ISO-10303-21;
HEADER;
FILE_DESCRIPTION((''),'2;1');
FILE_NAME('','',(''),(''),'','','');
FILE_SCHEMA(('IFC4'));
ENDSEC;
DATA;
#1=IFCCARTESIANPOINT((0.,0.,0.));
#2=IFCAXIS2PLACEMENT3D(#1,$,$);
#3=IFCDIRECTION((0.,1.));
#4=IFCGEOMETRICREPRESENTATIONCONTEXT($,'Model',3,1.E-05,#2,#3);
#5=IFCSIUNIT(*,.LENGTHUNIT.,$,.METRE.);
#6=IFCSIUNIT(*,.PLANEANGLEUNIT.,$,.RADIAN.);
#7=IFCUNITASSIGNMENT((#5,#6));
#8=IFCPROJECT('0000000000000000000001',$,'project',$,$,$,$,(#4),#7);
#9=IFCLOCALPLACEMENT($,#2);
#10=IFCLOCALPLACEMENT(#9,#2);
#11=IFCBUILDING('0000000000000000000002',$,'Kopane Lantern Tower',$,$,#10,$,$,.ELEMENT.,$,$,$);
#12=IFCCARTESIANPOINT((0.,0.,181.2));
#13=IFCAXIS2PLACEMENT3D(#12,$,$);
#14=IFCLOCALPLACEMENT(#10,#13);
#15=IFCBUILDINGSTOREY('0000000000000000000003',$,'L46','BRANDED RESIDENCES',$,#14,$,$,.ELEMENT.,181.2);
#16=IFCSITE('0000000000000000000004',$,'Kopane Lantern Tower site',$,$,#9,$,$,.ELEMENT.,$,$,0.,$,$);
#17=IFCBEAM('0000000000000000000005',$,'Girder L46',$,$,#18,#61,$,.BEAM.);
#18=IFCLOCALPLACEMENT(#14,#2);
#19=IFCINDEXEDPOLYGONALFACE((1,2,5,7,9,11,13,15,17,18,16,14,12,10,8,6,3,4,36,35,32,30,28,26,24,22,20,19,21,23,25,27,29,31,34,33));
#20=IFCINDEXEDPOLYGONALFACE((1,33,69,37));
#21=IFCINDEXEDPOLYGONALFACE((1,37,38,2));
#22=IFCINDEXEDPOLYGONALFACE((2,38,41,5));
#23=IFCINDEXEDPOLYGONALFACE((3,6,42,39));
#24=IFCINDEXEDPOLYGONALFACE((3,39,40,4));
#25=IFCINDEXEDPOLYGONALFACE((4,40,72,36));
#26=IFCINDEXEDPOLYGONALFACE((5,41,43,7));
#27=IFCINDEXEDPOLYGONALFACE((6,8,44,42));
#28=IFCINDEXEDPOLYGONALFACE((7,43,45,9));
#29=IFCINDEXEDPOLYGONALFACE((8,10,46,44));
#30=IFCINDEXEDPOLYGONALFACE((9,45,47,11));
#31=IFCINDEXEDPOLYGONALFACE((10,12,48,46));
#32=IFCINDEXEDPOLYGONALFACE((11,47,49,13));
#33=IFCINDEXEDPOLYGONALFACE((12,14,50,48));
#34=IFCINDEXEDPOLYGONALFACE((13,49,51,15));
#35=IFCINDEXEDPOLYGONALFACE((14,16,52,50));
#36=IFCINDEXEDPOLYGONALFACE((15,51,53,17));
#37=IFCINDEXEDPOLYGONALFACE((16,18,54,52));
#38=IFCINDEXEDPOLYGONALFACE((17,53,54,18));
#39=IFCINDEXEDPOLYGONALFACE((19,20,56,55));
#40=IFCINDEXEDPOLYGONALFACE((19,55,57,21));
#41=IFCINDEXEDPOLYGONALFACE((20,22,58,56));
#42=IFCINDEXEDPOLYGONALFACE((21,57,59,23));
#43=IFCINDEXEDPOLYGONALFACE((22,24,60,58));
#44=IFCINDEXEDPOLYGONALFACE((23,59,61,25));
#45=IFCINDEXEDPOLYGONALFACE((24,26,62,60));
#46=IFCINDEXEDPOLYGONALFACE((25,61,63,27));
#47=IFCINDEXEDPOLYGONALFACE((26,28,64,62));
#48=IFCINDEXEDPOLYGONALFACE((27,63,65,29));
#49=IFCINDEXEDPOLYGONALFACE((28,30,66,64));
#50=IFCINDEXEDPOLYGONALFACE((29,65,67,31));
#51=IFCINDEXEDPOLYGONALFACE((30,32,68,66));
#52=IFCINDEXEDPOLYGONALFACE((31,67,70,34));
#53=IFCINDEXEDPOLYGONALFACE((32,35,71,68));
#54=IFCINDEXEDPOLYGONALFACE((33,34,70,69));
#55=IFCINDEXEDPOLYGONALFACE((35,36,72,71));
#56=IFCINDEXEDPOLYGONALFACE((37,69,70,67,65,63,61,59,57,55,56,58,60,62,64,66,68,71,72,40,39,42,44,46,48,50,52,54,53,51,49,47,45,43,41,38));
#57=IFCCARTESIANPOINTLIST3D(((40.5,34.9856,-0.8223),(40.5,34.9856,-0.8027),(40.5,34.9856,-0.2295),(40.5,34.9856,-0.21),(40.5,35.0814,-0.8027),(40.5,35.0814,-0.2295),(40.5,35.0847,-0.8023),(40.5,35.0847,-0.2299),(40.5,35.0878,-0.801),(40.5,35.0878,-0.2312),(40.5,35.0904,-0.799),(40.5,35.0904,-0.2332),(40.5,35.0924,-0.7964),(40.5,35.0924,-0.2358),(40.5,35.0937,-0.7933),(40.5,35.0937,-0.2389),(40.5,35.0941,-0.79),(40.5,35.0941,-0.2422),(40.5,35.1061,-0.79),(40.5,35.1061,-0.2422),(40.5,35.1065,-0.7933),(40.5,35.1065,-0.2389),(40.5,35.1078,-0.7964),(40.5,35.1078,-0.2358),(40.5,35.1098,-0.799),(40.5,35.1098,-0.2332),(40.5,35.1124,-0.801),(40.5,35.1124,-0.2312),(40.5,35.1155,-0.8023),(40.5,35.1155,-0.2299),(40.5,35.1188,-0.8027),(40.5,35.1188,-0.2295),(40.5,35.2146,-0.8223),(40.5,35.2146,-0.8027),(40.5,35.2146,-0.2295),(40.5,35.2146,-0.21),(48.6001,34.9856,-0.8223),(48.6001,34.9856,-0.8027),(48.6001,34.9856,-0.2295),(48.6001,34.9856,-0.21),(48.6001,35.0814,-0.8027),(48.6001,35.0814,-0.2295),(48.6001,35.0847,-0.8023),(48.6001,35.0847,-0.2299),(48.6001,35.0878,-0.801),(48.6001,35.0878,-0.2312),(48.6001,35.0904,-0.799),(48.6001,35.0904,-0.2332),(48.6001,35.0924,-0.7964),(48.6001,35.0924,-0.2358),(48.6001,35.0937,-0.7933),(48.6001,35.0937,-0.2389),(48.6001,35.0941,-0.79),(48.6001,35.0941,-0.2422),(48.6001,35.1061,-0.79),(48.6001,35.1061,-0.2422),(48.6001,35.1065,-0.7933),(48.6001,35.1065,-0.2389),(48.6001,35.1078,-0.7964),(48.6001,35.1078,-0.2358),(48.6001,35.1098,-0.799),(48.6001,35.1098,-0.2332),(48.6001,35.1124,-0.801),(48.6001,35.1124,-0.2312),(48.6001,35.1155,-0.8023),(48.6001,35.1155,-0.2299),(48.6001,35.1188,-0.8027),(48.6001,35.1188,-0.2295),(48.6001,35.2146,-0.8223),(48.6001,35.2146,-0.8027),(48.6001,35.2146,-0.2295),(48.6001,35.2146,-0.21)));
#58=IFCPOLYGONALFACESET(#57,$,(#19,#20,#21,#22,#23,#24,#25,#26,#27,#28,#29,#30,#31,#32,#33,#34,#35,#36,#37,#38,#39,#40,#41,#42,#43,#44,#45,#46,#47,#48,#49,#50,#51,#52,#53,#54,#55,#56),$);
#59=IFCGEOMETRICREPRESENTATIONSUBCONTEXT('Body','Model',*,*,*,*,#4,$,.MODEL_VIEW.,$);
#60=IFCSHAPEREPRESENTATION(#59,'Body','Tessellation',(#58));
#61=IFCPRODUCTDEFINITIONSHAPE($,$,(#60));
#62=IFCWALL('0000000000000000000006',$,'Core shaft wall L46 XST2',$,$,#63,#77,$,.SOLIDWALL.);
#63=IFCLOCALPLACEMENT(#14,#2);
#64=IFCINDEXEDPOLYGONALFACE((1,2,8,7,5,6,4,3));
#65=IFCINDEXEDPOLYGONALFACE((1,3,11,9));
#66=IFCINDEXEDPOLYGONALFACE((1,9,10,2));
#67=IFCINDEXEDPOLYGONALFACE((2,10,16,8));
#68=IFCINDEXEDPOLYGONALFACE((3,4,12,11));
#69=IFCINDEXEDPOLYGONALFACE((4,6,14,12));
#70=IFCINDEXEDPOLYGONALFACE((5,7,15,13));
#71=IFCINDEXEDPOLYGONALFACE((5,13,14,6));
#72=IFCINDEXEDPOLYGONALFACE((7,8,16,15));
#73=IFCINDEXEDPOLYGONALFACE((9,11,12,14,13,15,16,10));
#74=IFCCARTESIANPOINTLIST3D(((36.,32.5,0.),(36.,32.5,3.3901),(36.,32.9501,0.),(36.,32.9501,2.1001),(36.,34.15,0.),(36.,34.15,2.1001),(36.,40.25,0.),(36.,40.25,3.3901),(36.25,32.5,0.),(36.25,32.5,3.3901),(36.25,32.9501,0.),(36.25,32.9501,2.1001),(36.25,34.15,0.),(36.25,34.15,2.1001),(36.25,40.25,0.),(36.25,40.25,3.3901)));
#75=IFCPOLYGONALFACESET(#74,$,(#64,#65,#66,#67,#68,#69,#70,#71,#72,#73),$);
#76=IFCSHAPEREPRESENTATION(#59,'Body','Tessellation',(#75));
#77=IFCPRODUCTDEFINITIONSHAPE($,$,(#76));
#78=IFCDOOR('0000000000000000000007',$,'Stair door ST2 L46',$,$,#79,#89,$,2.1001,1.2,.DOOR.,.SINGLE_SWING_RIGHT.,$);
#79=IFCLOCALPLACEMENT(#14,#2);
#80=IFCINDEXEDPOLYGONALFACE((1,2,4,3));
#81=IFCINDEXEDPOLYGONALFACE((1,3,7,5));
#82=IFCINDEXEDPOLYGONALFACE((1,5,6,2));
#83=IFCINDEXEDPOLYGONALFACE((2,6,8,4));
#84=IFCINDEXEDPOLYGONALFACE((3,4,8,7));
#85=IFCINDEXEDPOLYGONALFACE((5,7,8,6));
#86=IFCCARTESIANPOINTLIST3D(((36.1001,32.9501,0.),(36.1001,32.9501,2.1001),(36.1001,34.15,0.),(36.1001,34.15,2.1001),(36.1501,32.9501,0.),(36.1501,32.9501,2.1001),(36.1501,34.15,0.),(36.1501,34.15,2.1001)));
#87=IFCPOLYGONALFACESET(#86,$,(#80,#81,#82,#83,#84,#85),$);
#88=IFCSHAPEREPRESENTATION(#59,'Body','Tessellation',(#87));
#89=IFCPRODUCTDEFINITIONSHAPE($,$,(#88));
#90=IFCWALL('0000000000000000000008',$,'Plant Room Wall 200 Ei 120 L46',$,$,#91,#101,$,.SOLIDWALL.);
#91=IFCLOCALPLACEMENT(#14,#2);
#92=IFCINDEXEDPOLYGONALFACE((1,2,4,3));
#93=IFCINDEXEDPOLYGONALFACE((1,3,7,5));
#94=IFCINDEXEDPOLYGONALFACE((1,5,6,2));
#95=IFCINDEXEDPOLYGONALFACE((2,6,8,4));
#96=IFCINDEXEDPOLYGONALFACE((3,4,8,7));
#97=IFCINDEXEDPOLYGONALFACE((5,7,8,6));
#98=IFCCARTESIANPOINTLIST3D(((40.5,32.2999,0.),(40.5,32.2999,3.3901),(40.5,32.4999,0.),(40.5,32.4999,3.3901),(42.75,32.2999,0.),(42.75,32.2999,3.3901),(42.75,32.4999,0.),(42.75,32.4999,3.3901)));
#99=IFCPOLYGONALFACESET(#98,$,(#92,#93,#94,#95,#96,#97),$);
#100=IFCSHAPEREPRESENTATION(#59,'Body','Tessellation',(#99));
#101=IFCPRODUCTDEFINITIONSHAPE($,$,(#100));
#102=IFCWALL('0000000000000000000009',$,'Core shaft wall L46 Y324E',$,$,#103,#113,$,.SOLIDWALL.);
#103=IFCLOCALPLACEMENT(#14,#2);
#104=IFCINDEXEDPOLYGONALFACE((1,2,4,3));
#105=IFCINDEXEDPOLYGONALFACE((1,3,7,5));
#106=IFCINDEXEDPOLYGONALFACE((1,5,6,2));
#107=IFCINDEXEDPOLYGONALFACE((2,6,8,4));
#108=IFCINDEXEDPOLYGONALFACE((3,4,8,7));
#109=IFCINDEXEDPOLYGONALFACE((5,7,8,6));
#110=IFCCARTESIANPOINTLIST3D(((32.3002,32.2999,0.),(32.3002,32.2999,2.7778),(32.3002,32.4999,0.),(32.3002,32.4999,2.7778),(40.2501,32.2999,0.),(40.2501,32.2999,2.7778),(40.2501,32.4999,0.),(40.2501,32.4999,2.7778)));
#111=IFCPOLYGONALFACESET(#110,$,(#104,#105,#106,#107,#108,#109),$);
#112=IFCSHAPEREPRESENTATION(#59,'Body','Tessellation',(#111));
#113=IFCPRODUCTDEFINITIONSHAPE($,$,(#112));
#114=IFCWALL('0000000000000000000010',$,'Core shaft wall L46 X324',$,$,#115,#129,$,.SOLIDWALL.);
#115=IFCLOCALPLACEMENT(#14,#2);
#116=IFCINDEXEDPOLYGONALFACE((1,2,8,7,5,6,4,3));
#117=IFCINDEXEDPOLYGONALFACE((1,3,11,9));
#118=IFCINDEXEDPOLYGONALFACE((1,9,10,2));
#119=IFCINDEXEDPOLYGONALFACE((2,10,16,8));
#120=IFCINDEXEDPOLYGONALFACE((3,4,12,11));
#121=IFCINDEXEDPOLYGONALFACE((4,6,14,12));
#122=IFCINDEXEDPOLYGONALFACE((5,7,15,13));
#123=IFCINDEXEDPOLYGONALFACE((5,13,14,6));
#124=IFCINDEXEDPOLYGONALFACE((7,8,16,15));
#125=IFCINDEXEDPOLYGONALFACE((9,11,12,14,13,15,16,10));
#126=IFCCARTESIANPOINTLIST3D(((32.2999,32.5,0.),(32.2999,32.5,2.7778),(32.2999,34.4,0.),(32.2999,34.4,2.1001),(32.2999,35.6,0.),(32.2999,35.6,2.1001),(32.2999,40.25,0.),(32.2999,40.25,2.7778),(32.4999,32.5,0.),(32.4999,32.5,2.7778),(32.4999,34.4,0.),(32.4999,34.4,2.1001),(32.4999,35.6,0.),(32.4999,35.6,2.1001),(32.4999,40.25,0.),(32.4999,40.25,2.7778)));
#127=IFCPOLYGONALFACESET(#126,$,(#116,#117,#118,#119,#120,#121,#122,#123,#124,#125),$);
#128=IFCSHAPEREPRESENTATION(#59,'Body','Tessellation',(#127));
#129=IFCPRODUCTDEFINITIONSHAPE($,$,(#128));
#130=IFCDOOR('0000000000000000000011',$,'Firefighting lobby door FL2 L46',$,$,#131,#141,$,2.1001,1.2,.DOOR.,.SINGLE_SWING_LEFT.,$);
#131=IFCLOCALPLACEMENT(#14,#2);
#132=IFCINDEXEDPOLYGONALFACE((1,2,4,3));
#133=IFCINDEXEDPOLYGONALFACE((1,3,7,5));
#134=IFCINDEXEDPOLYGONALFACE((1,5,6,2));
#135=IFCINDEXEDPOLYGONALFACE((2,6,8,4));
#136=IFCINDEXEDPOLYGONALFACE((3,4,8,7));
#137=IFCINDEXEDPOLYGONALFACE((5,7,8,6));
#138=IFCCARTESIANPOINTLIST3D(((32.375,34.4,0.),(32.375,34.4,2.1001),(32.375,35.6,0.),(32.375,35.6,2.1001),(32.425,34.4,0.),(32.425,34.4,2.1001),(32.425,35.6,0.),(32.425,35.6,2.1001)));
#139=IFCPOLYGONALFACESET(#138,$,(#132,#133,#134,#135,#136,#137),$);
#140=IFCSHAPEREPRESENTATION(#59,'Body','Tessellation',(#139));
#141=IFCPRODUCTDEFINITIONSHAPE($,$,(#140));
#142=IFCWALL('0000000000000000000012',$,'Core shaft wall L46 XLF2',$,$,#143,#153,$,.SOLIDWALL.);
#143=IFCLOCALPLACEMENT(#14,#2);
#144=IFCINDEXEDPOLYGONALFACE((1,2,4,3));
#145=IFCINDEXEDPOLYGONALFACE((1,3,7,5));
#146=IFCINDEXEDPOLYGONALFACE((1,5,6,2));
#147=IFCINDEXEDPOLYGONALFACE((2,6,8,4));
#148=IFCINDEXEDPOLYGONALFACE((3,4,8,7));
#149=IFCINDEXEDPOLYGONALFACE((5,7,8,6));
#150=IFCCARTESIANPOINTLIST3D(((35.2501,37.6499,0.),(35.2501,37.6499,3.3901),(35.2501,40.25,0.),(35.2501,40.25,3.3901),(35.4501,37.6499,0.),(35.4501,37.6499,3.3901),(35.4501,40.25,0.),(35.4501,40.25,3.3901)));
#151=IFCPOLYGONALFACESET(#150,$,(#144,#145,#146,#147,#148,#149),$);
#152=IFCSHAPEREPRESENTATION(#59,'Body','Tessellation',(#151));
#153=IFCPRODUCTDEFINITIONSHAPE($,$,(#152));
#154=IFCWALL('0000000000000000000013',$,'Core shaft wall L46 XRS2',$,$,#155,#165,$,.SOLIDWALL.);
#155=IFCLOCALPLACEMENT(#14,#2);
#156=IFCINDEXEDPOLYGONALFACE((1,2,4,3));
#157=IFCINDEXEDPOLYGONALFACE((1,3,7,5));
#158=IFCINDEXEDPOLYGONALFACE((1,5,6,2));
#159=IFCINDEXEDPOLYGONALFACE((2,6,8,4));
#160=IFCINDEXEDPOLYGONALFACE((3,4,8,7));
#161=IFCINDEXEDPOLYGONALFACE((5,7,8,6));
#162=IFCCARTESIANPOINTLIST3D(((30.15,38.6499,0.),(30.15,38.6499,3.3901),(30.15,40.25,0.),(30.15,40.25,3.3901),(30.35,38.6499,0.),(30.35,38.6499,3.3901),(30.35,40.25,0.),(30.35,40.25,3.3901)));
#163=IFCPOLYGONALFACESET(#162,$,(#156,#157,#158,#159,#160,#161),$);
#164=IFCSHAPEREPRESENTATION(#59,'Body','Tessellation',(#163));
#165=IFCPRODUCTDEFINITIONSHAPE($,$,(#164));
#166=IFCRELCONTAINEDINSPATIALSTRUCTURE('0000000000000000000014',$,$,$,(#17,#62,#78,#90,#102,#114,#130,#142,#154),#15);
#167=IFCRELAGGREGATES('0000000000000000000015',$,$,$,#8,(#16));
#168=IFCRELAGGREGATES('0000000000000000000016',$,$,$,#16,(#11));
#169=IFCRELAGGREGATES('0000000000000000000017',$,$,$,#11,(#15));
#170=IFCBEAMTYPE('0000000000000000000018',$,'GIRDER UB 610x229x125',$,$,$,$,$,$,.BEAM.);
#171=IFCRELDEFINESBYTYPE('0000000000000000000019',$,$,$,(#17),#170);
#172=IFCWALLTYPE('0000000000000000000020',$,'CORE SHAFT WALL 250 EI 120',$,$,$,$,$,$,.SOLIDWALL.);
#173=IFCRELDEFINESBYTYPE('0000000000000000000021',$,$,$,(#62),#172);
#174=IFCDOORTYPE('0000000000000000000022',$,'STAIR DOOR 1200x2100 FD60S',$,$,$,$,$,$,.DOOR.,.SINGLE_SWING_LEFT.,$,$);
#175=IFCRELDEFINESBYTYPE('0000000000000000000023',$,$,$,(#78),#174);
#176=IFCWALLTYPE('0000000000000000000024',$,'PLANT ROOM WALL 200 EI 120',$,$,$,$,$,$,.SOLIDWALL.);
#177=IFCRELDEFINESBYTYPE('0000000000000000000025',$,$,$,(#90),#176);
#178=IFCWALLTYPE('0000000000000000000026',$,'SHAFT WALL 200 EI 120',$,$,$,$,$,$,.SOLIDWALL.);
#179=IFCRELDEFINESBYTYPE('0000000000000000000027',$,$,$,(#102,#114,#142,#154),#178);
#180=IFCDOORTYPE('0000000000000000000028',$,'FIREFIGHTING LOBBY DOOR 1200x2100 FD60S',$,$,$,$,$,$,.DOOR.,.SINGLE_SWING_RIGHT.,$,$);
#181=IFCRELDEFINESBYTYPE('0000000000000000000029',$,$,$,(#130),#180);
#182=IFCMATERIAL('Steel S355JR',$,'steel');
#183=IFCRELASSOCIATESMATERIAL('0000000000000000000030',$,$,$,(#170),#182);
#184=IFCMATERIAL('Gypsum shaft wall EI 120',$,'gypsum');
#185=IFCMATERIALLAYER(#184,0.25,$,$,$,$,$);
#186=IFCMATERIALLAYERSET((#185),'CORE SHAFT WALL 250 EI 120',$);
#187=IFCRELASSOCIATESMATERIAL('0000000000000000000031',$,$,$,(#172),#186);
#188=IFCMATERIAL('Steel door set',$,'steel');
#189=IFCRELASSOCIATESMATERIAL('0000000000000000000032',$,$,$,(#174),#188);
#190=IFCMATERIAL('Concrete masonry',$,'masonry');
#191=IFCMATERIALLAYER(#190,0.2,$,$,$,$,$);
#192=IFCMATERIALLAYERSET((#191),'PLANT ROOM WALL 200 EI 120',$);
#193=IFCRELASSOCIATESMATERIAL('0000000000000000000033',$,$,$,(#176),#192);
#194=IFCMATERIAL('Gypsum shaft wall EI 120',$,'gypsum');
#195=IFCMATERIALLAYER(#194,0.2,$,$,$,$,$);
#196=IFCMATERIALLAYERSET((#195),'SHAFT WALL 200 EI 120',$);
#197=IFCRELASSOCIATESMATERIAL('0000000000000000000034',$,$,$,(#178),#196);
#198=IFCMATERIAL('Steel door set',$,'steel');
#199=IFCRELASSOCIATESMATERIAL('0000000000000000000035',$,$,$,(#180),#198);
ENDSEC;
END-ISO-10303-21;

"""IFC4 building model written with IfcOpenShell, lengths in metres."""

from ifc_helpers import new_model, si_unit, direction, frame, frame_2d, origin, origin_2d, place, context, subcontext, project, spatial, rectangle, i_section, extrude, material, layer, layer_set, material_profile, profile_set, type_object, element, fill, save


model = new_model("IFC4")

# Units and contexts
model_context = context("Model", 3, precision=1e-05, world=origin(), true_north=direction((0.0, 1.0)))
body_context = subcontext(model_context, "Body", "Model", "MODEL_VIEW")
ifc_project = project(units=[si_unit("LENGTHUNIT", "METRE"), si_unit("PLANEANGLEUNIT", "RADIAN")], contexts=[model_context])

# Site, building, storey
site_placement = place(None, origin())
site = spatial("IfcSite", under=ifc_project, at=site_placement, Name="Kopane Lantern Tower site", CompositionType="ELEMENT", RefElevation=0.0)
building_placement = place(site_placement, origin())
building = spatial("IfcBuilding", under=site, at=building_placement, Name="Kopane Lantern Tower", CompositionType="ELEMENT")
storey_placement = place(building_placement, frame((0.0, 0.0, 181.2)))
storey = spatial("IfcBuildingStorey", under=building, at=storey_placement, Name="L46", Description="BRANDED RESIDENCES", CompositionType="ELEMENT", Elevation=181.2)

# Beam
ifc_material_1 = material(Name="Steel S355JR", Category="steel")
ifc_material_profile_1 = material_profile(ifc_material_1, i_section(OverallWidth=0.229, OverallDepth=0.6123, WebThickness=0.012, FlangeThickness=0.0195, FilletRadius=0.0127, at=origin_2d()), Name="UB 610x229x125")
ifc_profile_set_1 = profile_set([ifc_material_profile_1], Name="Steel S355JR")
beam_type_1 = type_object("IfcBeamType", Name="GIRDER UB 610x229x125", PredefinedType="BEAM", material=ifc_profile_set_1)
for number, where, z_axis, x_axis, name in (
    (1, (40.5, 35.1001, -0.5161), (1.0, 0.0, 0.0), (0.0, 1.0, 0.0), "Girder L46"),
):
    element("IfcBeam", number, at=place(storey_placement, frame(where, z_axis=z_axis, x_axis=x_axis)), inside=storey, type_object=beam_type_1, Name=name, PredefinedType="BEAM", context=body_context, shape_type="SweptSolid", body=[
        extrude(i_section(OverallWidth=0.229, OverallDepth=0.6123, WebThickness=0.012, FlangeThickness=0.0195, FilletRadius=0.0127, at=origin_2d()), origin(), (0.0, 0.0, 1.0), 8.1001),
    ])

# Wall, opening, door
ifc_material_2 = material(Name="Gypsum shaft wall EI 120", Category="gypsum")
ifc_layer_1 = layer(ifc_material_2, 0.25)
ifc_layer_set_1 = layer_set([ifc_layer_1], Name="CORE SHAFT WALL 250 EI 120")
wall_type_1 = type_object("IfcWallType", Name="CORE SHAFT WALL 250 EI 120", PredefinedType="SOLIDWALL", material=ifc_layer_set_1)
wall_1_placement = place(storey_placement, frame((36.125, 32.5, 0.0), z_axis=(0.0, 0.0, 1.0), x_axis=(0.0, 1.0, 0.0)))
wall_1 = element("IfcWall", 2, at=wall_1_placement, inside=storey, type_object=wall_type_1, Name="Core shaft wall L46 XST2", PredefinedType="SOLIDWALL", context=body_context, shape_type="SweptSolid", body=[
    extrude(rectangle(XDim=7.75, YDim=0.25, at=frame_2d((3.875, 0.0))), origin(), (0.0, 0.0, 1.0), 3.3901),
])
opening_1_placement = place(wall_1_placement, frame((0.45, 0.0, 0.0)))
opening_1 = element("IfcOpeningElement", 3, at=opening_1_placement, cuts=wall_1, PredefinedType="OPENING", context=body_context, shape_type="SweptSolid", body=[
    extrude(rectangle(XDim=1.2, YDim=2.1001, at=frame_2d((0.6001, 1.05))), frame((0.0, 0.135, 0.0), z_axis=(0.0, -1.0, 0.0), x_axis=(1.0, 0.0, 0.0)), (0.0, 0.0, 1.0), 0.27),
])
ifc_material_3 = material(Name="Steel door set", Category="steel")
door_type_1 = type_object("IfcDoorType", Name="STAIR DOOR 1200x2100 FD60S", OperationType="SINGLE_SWING_LEFT", PredefinedType="DOOR", material=ifc_material_3)
door_1_placement = place(opening_1_placement, origin())
door_1 = element("IfcDoor", 4, at=door_1_placement, inside=storey, type_object=door_type_1, Name="Stair door ST2 L46", OperationType="SINGLE_SWING_RIGHT", OverallHeight=2.1001, OverallWidth=1.2, PredefinedType="DOOR", context=body_context, shape_type="SweptSolid", body=[
    extrude(rectangle(XDim=1.2, YDim=2.1001, at=frame_2d((0.6001, 1.05))), frame((0.0, 0.0249, 0.0), z_axis=(0.0, -1.0, 0.0), x_axis=(1.0, 0.0, 0.0)), (0.0, 0.0, 1.0), 0.05),
])
fill(opening_1, door_1)

# Walls
ifc_material_4 = material(Name="Concrete masonry", Category="masonry")
ifc_layer_2 = layer(ifc_material_4, 0.2)
ifc_layer_set_2 = layer_set([ifc_layer_2], Name="PLANT ROOM WALL 200 EI 120")
wall_type_2 = type_object("IfcWallType", Name="PLANT ROOM WALL 200 EI 120", PredefinedType="SOLIDWALL", material=ifc_layer_set_2)
wall_2_placement = place(storey_placement, frame((40.5, 32.3999, 0.0), z_axis=(0.0, 0.0, 1.0), x_axis=(1.0, 0.0, 0.0)))
element("IfcWall", 5, at=wall_2_placement, inside=storey, type_object=wall_type_2, Name="Plant Room Wall 200 Ei 120 L46", PredefinedType="SOLIDWALL", context=body_context, shape_type="SweptSolid", body=[
    extrude(rectangle(XDim=2.25, YDim=0.2, at=frame_2d((1.125, 0.0))), origin(), (0.0, 0.0, 1.0), 3.3901),
])
ifc_material_5 = material(Name="Gypsum shaft wall EI 120", Category="gypsum")
ifc_layer_3 = layer(ifc_material_5, 0.2)
ifc_layer_set_3 = layer_set([ifc_layer_3], Name="SHAFT WALL 200 EI 120")
wall_type_3 = type_object("IfcWallType", Name="SHAFT WALL 200 EI 120", PredefinedType="SOLIDWALL", material=ifc_layer_set_3)
wall_3_placement = place(storey_placement, frame((32.3, 32.3999, 0.0), z_axis=(0.0, 0.0, 1.0), x_axis=(1.0, 0.0, 0.0)))
element("IfcWall", 6, at=wall_3_placement, inside=storey, type_object=wall_type_3, Name="Core shaft wall L46 Y324E", PredefinedType="SOLIDWALL", context=body_context, shape_type="SweptSolid", body=[
    extrude(rectangle(XDim=7.95, YDim=0.2, at=frame_2d((3.9751, 0.0))), origin(), (0.0, 0.0, 1.0), 2.7778),
])

# Wall, opening, door
wall_4_placement = place(storey_placement, frame((32.3999, 32.5, 0.0), z_axis=(0.0, 0.0, 1.0), x_axis=(0.0, 1.0, 0.0)))
wall_4 = element("IfcWall", 7, at=wall_4_placement, inside=storey, type_object=wall_type_3, Name="Core shaft wall L46 X324", PredefinedType="SOLIDWALL", context=body_context, shape_type="SweptSolid", body=[
    extrude(rectangle(XDim=7.75, YDim=0.2, at=frame_2d((3.875, 0.0))), origin(), (0.0, 0.0, 1.0), 2.7778),
])
opening_2_placement = place(wall_4_placement, frame((1.8999, 0.0, 0.0)))
opening_2 = element("IfcOpeningElement", 8, at=opening_2_placement, cuts=wall_4, PredefinedType="OPENING", context=body_context, shape_type="SweptSolid", body=[
    extrude(rectangle(XDim=1.2, YDim=2.1001, at=frame_2d((0.6001, 1.05))), frame((0.0, 0.1099, 0.0), z_axis=(0.0, -1.0, 0.0), x_axis=(1.0, 0.0, 0.0)), (0.0, 0.0, 1.0), 0.22),
])
ifc_material_6 = material(Name="Steel door set", Category="steel")
door_type_2 = type_object("IfcDoorType", Name="FIREFIGHTING LOBBY DOOR 1200x2100 FD60S", OperationType="SINGLE_SWING_RIGHT", PredefinedType="DOOR", material=ifc_material_6)
door_2_placement = place(opening_2_placement, origin())
door_2 = element("IfcDoor", 9, at=door_2_placement, inside=storey, type_object=door_type_2, Name="Firefighting lobby door FL2 L46", OperationType="SINGLE_SWING_LEFT", OverallHeight=2.1001, OverallWidth=1.2, PredefinedType="DOOR", context=body_context, shape_type="SweptSolid", body=[
    extrude(rectangle(XDim=1.2, YDim=2.1001, at=frame_2d((0.6001, 1.05))), frame((0.0, 0.0249, 0.0), z_axis=(0.0, -1.0, 0.0), x_axis=(1.0, 0.0, 0.0)), (0.0, 0.0, 1.0), 0.05),
])
fill(opening_2, door_2)

# Walls
wall_5_placement = place(storey_placement, frame((35.3501, 37.6499, 0.0), z_axis=(0.0, 0.0, 1.0), x_axis=(0.0, 1.0, 0.0)))
element("IfcWall", 10, at=wall_5_placement, inside=storey, type_object=wall_type_3, Name="Core shaft wall L46 XLF2", PredefinedType="SOLIDWALL", context=body_context, shape_type="SweptSolid", body=[
    extrude(rectangle(XDim=2.6001, YDim=0.2, at=frame_2d((1.3, 0.0))), origin(), (0.0, 0.0, 1.0), 3.3901),
])
wall_6_placement = place(storey_placement, frame((30.25, 38.6499, 0.0), z_axis=(0.0, 0.0, 1.0), x_axis=(0.0, 1.0, 0.0)))
element("IfcWall", 11, at=wall_6_placement, inside=storey, type_object=wall_type_3, Name="Core shaft wall L46 XRS2", PredefinedType="SOLIDWALL", context=body_context, shape_type="SweptSolid", body=[
    extrude(rectangle(XDim=1.6001, YDim=0.2, at=frame_2d((0.8, 0.0))), origin(), (0.0, 0.0, 1.0), 3.3901),
])

save(model, "model.ifc")
